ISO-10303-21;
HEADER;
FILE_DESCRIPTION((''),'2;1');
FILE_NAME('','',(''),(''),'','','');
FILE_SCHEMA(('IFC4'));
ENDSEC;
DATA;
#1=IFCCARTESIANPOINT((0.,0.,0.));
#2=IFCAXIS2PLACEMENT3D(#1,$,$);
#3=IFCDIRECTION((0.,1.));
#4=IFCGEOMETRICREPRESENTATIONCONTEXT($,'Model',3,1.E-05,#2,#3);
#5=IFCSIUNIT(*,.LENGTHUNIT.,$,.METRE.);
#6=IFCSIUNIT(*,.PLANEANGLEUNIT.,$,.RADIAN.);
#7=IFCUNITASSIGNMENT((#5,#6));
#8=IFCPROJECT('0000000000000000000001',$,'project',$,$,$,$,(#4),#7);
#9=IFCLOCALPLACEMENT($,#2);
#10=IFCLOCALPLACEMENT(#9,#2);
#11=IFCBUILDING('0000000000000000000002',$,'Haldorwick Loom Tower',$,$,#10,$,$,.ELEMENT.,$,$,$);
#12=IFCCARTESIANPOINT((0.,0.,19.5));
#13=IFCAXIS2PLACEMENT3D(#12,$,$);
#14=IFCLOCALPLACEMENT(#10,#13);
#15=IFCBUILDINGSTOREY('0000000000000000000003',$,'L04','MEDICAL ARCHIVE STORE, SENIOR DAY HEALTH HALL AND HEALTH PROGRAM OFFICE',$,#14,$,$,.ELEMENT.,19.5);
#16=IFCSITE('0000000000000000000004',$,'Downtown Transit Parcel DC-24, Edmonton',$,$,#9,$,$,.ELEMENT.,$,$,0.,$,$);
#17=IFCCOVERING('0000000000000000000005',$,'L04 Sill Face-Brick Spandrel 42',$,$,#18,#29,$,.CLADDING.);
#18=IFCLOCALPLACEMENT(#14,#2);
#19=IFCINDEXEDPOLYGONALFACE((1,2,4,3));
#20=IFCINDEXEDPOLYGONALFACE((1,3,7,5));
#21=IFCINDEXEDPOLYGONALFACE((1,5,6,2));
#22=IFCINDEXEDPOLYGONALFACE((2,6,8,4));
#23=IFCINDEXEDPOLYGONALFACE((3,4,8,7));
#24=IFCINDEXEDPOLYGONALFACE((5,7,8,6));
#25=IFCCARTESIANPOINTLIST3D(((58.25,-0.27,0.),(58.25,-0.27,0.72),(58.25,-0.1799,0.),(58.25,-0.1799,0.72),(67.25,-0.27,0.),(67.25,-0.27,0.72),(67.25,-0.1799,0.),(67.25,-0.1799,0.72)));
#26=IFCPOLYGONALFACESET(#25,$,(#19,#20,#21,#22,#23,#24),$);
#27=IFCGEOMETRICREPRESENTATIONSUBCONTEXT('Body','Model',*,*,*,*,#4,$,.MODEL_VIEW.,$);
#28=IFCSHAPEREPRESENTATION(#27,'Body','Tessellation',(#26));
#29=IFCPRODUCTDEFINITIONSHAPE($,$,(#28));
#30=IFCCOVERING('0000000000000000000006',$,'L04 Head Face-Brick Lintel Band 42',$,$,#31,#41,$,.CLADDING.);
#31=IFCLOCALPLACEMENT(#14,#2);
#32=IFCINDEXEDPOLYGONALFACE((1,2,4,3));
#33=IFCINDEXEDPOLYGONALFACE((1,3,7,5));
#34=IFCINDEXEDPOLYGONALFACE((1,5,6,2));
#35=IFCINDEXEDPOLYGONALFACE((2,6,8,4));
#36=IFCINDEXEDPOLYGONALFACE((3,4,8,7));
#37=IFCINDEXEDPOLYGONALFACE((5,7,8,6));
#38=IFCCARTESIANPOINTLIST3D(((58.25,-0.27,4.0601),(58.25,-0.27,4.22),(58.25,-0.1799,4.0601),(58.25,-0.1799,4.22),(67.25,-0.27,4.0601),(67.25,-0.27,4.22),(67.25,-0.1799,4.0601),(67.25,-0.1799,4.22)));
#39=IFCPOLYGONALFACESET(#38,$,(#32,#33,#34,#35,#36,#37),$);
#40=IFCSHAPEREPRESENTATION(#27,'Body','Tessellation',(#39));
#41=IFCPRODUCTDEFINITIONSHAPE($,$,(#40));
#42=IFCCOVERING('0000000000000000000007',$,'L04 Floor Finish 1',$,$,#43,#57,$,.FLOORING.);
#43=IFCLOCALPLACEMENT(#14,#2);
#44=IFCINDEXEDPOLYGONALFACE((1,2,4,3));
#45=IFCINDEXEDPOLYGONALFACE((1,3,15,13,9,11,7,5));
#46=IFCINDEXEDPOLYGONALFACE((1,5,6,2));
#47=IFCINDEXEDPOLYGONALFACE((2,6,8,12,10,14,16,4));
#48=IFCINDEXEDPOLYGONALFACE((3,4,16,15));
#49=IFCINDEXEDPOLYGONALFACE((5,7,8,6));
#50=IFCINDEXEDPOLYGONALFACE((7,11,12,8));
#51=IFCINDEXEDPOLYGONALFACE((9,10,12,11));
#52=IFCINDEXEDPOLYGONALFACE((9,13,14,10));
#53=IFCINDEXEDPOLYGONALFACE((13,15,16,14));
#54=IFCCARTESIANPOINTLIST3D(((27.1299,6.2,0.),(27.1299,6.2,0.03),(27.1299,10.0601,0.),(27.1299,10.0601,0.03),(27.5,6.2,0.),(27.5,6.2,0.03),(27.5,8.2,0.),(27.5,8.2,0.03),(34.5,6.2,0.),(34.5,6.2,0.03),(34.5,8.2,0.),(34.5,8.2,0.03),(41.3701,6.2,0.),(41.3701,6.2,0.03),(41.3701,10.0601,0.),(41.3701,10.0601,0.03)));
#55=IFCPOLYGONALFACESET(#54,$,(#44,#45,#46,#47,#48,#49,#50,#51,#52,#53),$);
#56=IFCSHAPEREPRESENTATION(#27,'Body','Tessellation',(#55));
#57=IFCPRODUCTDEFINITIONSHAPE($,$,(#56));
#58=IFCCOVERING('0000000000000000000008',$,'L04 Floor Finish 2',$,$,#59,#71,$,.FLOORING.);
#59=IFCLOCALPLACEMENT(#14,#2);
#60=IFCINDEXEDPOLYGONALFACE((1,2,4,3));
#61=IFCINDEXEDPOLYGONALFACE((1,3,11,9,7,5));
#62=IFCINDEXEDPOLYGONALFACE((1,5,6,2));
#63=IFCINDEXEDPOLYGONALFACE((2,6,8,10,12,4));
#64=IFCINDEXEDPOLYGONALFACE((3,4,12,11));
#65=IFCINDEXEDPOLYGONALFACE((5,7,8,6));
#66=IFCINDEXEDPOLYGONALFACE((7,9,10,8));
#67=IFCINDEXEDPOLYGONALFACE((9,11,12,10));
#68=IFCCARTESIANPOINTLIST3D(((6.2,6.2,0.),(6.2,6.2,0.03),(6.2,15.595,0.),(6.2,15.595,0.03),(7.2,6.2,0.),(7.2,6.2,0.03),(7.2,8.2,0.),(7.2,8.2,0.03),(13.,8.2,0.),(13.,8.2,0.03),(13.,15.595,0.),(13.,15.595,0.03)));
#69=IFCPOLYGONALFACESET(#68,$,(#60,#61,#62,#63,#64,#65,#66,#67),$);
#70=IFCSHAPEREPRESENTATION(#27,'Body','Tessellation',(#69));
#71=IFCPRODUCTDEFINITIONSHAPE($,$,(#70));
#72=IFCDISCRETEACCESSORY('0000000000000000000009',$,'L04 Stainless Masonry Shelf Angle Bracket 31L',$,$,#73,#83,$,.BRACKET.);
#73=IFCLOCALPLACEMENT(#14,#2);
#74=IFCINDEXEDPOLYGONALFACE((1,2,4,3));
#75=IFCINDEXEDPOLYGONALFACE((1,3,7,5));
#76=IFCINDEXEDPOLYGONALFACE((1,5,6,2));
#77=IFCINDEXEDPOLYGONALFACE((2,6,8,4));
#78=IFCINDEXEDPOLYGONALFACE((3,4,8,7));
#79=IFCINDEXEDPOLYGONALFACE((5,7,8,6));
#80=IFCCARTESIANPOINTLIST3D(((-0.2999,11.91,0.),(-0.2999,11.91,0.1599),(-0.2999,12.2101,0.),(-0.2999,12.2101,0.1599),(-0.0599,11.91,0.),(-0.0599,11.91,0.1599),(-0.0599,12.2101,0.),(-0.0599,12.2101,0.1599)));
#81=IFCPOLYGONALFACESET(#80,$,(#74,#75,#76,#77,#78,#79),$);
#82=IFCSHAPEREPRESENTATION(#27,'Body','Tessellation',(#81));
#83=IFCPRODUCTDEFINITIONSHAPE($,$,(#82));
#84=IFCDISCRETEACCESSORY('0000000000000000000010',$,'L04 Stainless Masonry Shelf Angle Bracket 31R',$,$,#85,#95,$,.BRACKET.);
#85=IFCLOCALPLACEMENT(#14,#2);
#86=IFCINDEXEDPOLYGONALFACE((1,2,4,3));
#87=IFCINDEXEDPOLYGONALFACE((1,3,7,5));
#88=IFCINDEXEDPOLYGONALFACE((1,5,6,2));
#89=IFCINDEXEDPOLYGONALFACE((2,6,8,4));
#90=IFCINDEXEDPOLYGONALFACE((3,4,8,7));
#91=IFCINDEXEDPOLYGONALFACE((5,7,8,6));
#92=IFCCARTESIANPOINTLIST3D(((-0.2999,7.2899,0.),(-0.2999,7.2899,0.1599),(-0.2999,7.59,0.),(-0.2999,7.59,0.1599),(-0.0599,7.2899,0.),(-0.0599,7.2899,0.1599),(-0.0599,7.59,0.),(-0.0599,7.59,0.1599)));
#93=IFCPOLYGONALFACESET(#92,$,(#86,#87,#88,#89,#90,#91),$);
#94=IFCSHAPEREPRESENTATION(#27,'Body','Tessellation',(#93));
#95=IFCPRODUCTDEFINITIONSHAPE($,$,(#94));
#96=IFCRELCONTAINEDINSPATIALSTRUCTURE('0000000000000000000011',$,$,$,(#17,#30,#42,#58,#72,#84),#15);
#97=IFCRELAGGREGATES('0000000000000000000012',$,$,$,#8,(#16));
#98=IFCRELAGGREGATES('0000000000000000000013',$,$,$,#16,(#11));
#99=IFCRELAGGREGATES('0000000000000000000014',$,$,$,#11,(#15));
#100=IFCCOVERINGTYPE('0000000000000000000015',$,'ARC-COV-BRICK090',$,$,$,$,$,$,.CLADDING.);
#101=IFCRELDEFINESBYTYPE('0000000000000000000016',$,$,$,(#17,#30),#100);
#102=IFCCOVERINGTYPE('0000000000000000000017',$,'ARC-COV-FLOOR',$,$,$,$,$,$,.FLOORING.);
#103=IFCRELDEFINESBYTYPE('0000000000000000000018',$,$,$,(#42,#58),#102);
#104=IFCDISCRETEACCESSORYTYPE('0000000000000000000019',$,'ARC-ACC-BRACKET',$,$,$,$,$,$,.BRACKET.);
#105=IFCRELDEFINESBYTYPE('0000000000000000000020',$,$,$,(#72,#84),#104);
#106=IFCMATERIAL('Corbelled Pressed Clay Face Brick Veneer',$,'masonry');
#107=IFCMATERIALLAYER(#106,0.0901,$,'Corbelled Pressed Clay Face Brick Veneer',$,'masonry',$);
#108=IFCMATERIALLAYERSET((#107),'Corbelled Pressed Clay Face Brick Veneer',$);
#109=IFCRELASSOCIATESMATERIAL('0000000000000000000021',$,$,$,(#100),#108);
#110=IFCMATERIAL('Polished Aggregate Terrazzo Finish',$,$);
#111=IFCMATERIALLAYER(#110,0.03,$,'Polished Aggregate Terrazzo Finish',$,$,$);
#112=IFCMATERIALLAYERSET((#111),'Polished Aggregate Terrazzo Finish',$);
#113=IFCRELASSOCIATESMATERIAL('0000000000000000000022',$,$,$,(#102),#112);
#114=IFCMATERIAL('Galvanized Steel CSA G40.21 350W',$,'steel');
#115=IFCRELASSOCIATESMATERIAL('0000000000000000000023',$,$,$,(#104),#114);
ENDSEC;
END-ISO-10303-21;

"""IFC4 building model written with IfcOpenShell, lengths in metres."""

from ifc_helpers import new_model, si_unit, direction, frame, origin, origin_2d, place, context, subcontext, project, spatial, polyline, rectangle, outline, extrude, material, layer, layer_set, type_object, element, save


model = new_model("IFC4")

# Units and contexts
model_context = context("Model", 3, precision=1e-05, world=origin(), true_north=direction((0.0, 1.0)))
body_context = subcontext(model_context, "Body", "Model", "MODEL_VIEW")
ifc_project = project(units=[si_unit("LENGTHUNIT", "METRE"), si_unit("PLANEANGLEUNIT", "RADIAN")], contexts=[model_context])

# Site, building, storey
site_placement = place(None, origin())
site = spatial("IfcSite", under=ifc_project, at=site_placement, Name="Downtown Transit Parcel DC-24, Edmonton", CompositionType="ELEMENT", RefElevation=0.0)
building_placement = place(site_placement, origin())
building = spatial("IfcBuilding", under=site, at=building_placement, Name="Haldorwick Loom Tower", CompositionType="ELEMENT")
storey_placement = place(building_placement, frame((0.0, 0.0, 19.5)))
storey = spatial("IfcBuildingStorey", under=building, at=storey_placement, Name="L04", Description="MEDICAL ARCHIVE STORE, SENIOR DAY HEALTH HALL AND HEALTH PROGRAM OFFICE", CompositionType="ELEMENT", Elevation=19.5)

# Coverings
ifc_material_1 = material(Name="Corbelled Pressed Clay Face Brick Veneer", Category="masonry")
ifc_layer_1 = layer(ifc_material_1, 0.0901, Name="Corbelled Pressed Clay Face Brick Veneer", Category="masonry")
ifc_layer_set_1 = layer_set([ifc_layer_1], Name="Corbelled Pressed Clay Face Brick Veneer")
covering_type_1 = type_object("IfcCoveringType", Name="ARC-COV-BRICK090", PredefinedType="CLADDING", material=ifc_layer_set_1)
covering_1_placement = place(storey_placement, origin())
element("IfcCovering", 1, at=covering_1_placement, inside=storey, type_object=covering_type_1, Name="L04 Sill Face-Brick Spandrel 42", PredefinedType="CLADDING", context=body_context, shape_type="SweptSolid", body=[
    extrude(outline(polyline([(58.25, -0.27), (67.25, -0.27), (67.25, -0.1799), (58.25, -0.1799), (58.25, -0.27)])), origin(), (0.0, 0.0, 1.0), 0.72),
])
covering_2_placement = place(storey_placement, frame((0.0, 0.0, 4.0601)))
element("IfcCovering", 2, at=covering_2_placement, inside=storey, type_object=covering_type_1, Name="L04 Head Face-Brick Lintel Band 42", PredefinedType="CLADDING", context=body_context, shape_type="SweptSolid", body=[
    extrude(outline(polyline([(58.25, -0.27), (67.25, -0.27), (67.25, -0.1799), (58.25, -0.1799), (58.25, -0.27)])), origin(), (0.0, 0.0, 1.0), 0.1599),
])
ifc_material_2 = material(Name="Polished Aggregate Terrazzo Finish")
ifc_layer_2 = layer(ifc_material_2, 0.03, Name="Polished Aggregate Terrazzo Finish")
ifc_layer_set_2 = layer_set([ifc_layer_2], Name="Polished Aggregate Terrazzo Finish")
covering_type_2 = type_object("IfcCoveringType", Name="ARC-COV-FLOOR", PredefinedType="FLOORING", material=ifc_layer_set_2)
covering_3_placement = place(storey_placement, origin())
element("IfcCovering", 3, at=covering_3_placement, inside=storey, type_object=covering_type_2, Name="L04 Floor Finish 1", PredefinedType="FLOORING", context=body_context, shape_type="SweptSolid", body=[
    extrude(outline(polyline([(27.1299, 6.2), (27.5, 6.2), (27.5, 8.2), (34.5, 8.2), (34.5, 6.2), (41.3701, 6.2), (41.3701, 10.0601), (27.1299, 10.0601), (27.1299, 6.2)])), origin(), (0.0, 0.0, 1.0), 0.03),
])
covering_4_placement = place(storey_placement, origin())
element("IfcCovering", 4, at=covering_4_placement, inside=storey, type_object=covering_type_2, Name="L04 Floor Finish 2", PredefinedType="FLOORING", context=body_context, shape_type="SweptSolid", body=[
    extrude(outline(polyline([(6.2, 15.595), (6.2, 6.2), (7.2, 6.2), (7.2, 8.2), (13.0, 8.2), (13.0, 15.595), (6.2, 15.595)])), origin(), (0.0, 0.0, 1.0), 0.03),
])

# Discrete accessories
ifc_material_3 = material(Name="Galvanized Steel CSA G40.21 350W", Category="steel")
discrete_accessory_type = type_object("IfcDiscreteAccessoryType", Name="ARC-ACC-BRACKET", PredefinedType="BRACKET", material=ifc_material_3)
for number, where, z_axis, x_axis, name in (
    (5, (-0.1799, 12.0601, 0.0), (0.0, 0.0, 1.0), (0.0, -1.0, 0.0), "L04 Stainless Masonry Shelf Angle Bracket 31L"),
    (6, (-0.1799, 7.4399, 0.0), (0.0, 0.0, 1.0), (0.0, -1.0, 0.0), "L04 Stainless Masonry Shelf Angle Bracket 31R"),
):
    element("IfcDiscreteAccessory", number, at=place(storey_placement, frame(where, z_axis=z_axis, x_axis=x_axis)), inside=storey, type_object=discrete_accessory_type, Name=name, PredefinedType="BRACKET", context=body_context, shape_type="SweptSolid", body=[
        extrude(rectangle(XDim=0.3, YDim=0.24, at=origin_2d()), origin(), (0.0, 0.0, 1.0), 0.1599),
    ])

save(model, "model.ifc")
